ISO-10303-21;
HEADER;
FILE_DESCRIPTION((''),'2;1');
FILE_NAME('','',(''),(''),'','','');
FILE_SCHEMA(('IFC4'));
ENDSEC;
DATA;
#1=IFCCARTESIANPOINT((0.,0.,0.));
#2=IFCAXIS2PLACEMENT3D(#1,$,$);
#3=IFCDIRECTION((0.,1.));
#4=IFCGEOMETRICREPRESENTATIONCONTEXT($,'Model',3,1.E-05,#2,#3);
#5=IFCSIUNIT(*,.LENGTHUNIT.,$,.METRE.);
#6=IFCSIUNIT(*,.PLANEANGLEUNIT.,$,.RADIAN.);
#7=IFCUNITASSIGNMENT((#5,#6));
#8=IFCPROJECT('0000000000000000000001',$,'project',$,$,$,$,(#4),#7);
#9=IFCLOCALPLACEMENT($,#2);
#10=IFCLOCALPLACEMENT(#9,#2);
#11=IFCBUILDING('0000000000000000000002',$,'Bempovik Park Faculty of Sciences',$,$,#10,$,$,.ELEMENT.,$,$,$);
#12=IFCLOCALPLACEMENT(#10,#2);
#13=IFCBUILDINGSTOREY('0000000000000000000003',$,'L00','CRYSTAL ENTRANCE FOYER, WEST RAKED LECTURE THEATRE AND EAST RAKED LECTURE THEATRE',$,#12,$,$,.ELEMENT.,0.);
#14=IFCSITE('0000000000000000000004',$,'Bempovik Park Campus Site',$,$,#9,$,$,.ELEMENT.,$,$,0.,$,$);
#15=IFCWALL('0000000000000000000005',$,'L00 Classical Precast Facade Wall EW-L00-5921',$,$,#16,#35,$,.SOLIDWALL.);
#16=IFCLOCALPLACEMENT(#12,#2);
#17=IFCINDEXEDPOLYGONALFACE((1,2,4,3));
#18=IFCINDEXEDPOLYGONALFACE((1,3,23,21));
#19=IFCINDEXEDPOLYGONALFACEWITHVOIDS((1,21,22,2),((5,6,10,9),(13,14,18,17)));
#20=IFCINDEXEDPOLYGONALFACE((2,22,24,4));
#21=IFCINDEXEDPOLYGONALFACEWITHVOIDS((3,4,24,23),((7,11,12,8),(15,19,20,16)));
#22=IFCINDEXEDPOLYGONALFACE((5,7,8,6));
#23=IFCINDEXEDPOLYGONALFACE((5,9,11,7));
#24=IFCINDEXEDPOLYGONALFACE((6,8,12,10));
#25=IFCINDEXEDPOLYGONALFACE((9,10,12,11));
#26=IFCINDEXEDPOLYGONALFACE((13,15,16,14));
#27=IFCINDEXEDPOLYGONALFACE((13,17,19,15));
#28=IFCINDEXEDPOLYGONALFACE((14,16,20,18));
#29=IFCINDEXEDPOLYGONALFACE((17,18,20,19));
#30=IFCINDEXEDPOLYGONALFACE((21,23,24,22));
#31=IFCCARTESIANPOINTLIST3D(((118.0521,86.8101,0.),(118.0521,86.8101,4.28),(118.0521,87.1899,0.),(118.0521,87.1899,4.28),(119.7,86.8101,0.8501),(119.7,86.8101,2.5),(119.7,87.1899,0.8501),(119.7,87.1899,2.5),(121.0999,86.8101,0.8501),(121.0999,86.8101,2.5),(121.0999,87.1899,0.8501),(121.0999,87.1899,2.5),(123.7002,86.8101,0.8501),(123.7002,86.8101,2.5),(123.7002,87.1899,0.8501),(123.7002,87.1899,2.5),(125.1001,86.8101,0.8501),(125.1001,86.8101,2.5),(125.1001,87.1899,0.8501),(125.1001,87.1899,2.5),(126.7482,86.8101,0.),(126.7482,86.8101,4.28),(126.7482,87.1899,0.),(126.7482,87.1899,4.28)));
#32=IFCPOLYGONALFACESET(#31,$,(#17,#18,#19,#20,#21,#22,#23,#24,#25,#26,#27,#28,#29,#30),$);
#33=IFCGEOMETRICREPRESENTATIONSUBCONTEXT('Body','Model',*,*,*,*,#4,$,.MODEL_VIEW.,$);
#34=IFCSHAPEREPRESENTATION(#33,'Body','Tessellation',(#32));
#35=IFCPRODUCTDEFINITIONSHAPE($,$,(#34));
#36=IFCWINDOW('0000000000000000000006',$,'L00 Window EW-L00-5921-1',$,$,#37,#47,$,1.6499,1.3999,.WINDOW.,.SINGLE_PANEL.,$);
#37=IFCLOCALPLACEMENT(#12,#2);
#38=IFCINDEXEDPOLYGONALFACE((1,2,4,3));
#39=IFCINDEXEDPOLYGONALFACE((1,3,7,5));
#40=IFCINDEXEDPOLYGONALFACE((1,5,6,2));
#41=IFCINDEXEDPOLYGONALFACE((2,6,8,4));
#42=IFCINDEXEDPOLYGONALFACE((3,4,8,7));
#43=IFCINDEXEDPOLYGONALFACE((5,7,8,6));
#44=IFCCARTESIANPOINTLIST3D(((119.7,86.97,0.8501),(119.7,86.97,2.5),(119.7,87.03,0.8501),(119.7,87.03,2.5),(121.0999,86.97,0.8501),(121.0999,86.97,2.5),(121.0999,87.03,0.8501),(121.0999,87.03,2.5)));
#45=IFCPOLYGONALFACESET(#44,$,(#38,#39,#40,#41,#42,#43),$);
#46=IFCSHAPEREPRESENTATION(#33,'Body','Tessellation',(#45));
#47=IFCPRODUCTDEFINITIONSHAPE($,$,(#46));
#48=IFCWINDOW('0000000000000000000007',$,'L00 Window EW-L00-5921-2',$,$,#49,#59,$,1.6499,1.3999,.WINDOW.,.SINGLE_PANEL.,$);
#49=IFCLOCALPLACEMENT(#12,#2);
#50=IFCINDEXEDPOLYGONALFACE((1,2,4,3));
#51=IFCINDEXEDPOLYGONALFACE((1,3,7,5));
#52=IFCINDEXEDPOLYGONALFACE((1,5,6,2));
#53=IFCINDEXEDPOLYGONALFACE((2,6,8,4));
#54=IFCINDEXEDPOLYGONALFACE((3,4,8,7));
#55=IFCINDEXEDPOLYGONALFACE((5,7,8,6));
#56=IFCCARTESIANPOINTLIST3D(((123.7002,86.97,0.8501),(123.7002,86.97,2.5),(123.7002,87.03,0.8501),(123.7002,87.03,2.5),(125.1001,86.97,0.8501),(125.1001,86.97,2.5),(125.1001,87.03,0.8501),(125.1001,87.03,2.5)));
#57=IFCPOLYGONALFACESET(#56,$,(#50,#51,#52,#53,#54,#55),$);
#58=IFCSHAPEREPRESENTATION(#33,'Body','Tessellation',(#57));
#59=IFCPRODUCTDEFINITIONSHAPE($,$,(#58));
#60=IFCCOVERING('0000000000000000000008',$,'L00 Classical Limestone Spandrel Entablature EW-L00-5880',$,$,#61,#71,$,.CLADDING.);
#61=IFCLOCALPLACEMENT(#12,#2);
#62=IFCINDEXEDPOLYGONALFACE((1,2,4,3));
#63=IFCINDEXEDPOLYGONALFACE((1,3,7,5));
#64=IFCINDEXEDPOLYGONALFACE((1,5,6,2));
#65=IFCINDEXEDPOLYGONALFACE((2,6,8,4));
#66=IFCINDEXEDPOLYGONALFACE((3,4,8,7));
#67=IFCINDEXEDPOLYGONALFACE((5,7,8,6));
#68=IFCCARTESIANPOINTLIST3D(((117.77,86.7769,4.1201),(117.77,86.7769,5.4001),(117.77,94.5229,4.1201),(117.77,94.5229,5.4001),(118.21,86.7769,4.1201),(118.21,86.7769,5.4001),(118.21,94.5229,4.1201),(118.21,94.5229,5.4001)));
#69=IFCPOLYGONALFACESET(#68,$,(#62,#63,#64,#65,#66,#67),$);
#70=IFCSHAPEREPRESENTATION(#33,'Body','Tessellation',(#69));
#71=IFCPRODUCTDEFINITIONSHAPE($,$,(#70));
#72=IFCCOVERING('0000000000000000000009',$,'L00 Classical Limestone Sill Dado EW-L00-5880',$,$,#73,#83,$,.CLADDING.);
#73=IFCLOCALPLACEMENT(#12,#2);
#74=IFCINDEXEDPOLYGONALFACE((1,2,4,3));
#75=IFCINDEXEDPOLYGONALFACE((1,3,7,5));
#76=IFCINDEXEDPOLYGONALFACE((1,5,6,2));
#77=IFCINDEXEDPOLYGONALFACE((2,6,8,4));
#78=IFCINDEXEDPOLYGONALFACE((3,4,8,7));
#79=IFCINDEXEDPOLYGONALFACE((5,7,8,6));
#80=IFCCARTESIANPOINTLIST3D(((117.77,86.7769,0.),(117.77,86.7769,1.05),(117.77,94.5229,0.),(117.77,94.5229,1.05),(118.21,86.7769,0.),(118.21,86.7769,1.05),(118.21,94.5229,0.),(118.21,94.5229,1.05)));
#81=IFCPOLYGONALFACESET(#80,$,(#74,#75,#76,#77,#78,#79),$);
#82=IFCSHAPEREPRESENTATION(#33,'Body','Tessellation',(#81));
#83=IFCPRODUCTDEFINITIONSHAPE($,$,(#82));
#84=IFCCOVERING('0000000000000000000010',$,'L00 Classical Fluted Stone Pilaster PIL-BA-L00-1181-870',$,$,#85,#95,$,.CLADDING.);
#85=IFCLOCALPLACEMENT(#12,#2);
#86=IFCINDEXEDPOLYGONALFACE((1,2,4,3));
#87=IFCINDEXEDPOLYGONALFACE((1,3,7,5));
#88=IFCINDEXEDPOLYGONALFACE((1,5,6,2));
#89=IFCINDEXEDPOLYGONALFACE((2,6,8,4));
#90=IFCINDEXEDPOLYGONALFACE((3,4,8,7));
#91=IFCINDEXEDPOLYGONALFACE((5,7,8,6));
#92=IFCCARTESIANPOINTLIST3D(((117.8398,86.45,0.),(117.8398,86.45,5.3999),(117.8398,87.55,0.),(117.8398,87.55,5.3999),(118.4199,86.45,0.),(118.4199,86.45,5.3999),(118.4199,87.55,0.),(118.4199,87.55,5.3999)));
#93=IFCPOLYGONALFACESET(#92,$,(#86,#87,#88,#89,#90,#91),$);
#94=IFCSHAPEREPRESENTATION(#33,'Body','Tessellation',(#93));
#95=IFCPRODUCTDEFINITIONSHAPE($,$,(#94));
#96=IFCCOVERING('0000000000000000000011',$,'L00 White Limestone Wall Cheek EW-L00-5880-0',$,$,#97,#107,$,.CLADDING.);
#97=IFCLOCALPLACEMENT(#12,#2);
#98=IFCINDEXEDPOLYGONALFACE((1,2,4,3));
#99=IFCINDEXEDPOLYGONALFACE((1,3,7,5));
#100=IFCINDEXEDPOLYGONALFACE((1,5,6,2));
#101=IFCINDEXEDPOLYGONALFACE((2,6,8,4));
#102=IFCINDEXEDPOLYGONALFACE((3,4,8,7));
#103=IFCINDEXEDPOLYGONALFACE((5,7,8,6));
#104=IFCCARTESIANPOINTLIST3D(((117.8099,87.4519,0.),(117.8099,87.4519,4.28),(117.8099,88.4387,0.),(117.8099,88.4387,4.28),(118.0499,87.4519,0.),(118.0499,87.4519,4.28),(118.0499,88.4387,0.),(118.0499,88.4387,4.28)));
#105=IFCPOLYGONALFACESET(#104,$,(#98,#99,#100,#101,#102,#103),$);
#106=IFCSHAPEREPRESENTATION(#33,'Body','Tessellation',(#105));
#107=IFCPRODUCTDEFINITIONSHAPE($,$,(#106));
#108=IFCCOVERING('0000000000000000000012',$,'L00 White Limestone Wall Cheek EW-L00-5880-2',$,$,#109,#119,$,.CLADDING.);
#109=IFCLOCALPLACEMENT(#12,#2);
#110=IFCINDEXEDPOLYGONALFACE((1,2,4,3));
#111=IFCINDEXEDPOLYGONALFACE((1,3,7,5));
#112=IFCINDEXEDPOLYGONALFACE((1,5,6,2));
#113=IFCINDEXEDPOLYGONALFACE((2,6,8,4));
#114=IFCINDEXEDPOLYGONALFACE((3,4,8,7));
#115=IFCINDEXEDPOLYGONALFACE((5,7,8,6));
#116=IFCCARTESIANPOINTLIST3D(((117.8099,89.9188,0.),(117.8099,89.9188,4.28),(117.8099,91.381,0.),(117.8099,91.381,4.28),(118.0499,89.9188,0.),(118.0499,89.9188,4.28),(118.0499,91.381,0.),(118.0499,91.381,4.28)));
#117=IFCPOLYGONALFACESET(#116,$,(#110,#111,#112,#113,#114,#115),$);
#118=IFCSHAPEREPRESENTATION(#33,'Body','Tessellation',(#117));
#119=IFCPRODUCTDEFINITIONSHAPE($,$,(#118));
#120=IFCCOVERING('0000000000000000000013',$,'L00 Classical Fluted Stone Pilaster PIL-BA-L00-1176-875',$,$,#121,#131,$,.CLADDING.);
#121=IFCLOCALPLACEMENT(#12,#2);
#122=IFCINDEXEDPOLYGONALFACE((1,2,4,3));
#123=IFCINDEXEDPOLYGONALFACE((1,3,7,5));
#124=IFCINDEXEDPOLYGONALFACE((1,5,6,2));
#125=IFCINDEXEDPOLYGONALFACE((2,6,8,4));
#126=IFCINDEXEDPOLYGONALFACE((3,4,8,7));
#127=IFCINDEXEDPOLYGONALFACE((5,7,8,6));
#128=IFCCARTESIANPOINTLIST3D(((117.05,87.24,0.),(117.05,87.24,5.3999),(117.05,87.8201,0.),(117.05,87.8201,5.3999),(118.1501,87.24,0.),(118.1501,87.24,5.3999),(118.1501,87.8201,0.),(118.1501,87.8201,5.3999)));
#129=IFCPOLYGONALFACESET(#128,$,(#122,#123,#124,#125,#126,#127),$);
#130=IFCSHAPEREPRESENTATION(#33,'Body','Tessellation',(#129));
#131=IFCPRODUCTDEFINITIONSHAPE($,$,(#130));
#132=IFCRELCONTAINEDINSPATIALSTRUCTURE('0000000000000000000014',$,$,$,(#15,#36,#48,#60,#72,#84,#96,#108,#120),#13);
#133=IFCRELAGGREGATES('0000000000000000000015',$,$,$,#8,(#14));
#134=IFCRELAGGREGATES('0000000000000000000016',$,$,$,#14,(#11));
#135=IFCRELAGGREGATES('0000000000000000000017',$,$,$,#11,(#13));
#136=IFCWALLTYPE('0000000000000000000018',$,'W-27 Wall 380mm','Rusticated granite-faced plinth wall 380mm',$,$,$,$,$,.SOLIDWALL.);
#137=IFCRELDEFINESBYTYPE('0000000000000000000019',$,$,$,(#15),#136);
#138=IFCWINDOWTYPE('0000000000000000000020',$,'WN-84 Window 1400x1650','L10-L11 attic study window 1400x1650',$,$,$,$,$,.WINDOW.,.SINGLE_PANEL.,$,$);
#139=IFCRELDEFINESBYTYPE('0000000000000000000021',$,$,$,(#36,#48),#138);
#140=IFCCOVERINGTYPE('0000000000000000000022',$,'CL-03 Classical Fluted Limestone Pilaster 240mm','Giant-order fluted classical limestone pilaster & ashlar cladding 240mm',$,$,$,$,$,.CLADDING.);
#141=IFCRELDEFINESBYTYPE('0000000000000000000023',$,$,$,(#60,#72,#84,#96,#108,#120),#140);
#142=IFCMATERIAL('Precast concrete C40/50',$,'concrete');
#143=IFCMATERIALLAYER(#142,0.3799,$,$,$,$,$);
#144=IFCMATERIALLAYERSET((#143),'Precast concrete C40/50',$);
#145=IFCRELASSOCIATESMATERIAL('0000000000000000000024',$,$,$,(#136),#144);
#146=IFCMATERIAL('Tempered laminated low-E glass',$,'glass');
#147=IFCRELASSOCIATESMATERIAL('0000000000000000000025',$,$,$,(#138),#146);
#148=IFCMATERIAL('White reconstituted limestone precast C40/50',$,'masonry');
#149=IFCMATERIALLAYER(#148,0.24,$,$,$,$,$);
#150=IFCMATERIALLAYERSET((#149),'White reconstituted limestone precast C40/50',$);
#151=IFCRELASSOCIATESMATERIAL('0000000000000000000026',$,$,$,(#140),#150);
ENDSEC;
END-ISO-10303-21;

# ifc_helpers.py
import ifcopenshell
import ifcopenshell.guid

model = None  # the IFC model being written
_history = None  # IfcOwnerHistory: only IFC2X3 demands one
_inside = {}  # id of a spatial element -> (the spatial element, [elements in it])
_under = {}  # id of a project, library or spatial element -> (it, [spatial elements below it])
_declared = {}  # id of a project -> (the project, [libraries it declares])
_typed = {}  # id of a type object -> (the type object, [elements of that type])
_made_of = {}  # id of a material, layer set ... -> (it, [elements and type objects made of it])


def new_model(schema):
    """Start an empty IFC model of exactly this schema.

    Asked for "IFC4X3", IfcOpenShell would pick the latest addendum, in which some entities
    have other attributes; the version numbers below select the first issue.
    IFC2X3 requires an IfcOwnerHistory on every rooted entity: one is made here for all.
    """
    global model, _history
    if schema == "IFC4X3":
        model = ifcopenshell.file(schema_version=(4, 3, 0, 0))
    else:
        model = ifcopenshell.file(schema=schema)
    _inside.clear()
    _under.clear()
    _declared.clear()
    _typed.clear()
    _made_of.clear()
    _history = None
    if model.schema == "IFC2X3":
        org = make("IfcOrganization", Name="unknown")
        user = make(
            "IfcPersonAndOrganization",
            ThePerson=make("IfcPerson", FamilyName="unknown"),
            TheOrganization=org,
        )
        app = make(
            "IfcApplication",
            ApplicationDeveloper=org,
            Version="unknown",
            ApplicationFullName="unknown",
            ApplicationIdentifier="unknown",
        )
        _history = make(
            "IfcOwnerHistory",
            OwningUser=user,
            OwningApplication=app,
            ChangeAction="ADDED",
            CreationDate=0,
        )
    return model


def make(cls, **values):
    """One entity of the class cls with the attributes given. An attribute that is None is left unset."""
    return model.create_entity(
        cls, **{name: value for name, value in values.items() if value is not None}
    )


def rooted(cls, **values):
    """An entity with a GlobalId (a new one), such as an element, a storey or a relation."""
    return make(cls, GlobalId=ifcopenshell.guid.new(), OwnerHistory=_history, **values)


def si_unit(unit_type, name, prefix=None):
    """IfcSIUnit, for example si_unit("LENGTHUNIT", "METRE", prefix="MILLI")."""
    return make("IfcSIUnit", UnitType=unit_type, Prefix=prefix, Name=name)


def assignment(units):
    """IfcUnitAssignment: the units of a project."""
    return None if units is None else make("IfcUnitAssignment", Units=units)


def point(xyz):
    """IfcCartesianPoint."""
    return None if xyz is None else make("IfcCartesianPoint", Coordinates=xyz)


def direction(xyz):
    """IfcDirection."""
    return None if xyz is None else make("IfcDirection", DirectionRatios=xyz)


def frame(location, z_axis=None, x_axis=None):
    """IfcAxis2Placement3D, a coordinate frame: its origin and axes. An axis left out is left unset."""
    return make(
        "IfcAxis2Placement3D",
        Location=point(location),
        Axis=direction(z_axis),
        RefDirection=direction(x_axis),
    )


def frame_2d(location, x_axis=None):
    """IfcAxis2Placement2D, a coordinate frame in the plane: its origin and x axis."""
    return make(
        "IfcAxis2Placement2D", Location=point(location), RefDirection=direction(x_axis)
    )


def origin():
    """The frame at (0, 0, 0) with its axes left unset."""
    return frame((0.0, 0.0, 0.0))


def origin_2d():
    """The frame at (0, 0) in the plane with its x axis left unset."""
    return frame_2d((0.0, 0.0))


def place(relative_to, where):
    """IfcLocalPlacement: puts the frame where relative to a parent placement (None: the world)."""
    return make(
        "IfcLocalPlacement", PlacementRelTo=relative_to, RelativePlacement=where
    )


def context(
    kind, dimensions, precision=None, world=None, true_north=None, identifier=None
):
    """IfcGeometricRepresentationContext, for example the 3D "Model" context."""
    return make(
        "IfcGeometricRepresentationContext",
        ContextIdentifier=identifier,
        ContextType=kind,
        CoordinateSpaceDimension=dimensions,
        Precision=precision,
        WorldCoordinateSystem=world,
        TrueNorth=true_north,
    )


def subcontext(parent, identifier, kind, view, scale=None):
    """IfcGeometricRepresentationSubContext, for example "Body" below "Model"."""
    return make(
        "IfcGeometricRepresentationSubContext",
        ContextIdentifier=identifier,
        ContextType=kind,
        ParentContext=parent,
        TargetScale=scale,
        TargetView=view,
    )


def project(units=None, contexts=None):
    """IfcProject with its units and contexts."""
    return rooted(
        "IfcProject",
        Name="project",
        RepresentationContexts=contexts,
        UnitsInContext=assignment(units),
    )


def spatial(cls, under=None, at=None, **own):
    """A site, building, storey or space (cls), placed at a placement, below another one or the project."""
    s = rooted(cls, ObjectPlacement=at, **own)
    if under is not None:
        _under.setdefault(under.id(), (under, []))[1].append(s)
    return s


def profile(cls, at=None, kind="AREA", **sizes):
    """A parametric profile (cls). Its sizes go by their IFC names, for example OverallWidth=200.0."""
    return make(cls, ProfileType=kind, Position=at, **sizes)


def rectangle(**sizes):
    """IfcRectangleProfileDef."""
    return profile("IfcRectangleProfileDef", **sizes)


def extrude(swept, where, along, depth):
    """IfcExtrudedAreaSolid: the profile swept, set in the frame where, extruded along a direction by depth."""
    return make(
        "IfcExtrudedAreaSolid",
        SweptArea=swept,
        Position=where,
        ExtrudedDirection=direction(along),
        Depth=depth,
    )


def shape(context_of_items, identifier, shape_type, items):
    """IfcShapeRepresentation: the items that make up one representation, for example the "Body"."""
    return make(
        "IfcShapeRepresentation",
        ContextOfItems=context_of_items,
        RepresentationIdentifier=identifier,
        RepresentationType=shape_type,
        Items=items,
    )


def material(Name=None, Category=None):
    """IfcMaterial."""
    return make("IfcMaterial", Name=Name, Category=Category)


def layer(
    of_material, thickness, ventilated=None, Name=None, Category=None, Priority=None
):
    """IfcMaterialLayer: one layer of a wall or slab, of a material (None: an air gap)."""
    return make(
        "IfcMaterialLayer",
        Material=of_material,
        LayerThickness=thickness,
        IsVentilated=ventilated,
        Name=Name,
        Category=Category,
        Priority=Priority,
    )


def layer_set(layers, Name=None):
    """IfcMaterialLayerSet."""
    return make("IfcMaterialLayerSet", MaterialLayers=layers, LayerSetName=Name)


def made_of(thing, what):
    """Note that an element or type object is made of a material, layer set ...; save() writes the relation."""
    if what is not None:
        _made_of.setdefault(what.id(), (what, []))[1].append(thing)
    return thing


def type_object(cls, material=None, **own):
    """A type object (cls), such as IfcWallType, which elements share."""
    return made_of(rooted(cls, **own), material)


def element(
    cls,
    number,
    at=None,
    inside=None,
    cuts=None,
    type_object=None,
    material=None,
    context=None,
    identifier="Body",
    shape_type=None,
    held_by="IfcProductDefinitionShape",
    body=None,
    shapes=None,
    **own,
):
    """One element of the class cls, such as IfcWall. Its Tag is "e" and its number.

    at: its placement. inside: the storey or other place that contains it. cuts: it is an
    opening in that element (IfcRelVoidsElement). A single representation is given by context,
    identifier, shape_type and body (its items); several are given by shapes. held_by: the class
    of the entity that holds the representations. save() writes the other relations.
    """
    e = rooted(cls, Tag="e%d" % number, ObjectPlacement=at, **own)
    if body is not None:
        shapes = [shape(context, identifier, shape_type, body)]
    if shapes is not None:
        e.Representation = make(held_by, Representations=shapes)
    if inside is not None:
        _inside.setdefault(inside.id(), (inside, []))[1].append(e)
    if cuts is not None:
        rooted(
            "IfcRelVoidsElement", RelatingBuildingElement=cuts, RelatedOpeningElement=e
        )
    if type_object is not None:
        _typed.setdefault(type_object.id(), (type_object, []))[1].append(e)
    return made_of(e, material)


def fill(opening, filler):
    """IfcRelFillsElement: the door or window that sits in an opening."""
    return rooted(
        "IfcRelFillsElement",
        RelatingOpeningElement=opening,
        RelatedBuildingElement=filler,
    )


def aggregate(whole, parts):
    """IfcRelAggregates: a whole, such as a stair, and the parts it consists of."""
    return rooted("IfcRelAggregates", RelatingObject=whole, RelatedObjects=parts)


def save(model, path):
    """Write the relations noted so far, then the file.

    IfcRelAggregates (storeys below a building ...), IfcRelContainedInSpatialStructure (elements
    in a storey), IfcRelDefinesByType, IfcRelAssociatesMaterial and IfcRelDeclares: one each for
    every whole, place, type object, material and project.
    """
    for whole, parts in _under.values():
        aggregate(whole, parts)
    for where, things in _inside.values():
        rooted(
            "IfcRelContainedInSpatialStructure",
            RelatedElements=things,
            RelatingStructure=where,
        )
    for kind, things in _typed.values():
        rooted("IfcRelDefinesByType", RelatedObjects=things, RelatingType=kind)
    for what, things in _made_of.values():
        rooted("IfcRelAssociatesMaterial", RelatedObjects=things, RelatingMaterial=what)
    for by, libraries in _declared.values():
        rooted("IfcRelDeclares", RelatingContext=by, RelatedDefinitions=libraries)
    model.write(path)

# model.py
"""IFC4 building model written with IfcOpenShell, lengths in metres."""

from ifc_helpers import new_model, si_unit, direction, frame, frame_2d, origin, origin_2d, place, context, subcontext, project, spatial, rectangle, extrude, material, layer, layer_set, type_object, element, fill, save


model = new_model("IFC4")

# Units and contexts
model_context = context("Model", 3, precision=1e-05, world=origin(), true_north=direction((0.0, 1.0)))
body_context = subcontext(model_context, "Body", "Model", "MODEL_VIEW")
ifc_project = project(units=[si_unit("LENGTHUNIT", "METRE"), si_unit("PLANEANGLEUNIT", "RADIAN")], contexts=[model_context])

# Site, building, storey
site_placement = place(None, origin())
site = spatial("IfcSite", under=ifc_project, at=site_placement, Name="Bempovik Park Campus Site", CompositionType="ELEMENT", RefElevation=0.0)
building_placement = place(site_placement, origin())
building = spatial("IfcBuilding", under=site, at=building_placement, Name="Bempovik Park Faculty of Sciences", CompositionType="ELEMENT")
storey_placement = place(building_placement, origin())
storey = spatial("IfcBuildingStorey", under=building, at=storey_placement, Name="L00", Description="CRYSTAL ENTRANCE FOYER, WEST RAKED LECTURE THEATRE AND EAST RAKED LECTURE THEATRE", CompositionType="ELEMENT", Elevation=0.0)

# Wall, openings, windows
ifc_material_1 = material(Name="Precast concrete C40/50", Category="concrete")
ifc_layer_1 = layer(ifc_material_1, 0.3799)
ifc_layer_set_1 = layer_set([ifc_layer_1], Name="Precast concrete C40/50")
wall_type_1 = type_object("IfcWallType", Name="W-27 Wall 380mm", Description="Rusticated granite-faced plinth wall 380mm", PredefinedType="SOLIDWALL", material=ifc_layer_set_1)
ifc_material_2 = material(Name="Tempered laminated low-E glass", Category="glass")
window_type = type_object("IfcWindowType", Name="WN-84 Window 1400x1650", Description="L10-L11 attic study window 1400x1650", PartitioningType="SINGLE_PANEL", PredefinedType="WINDOW", material=ifc_material_2)
wall_1_placement = place(storey_placement, frame((118.052, 87.0, 0.0), z_axis=(0.0, 0.0, 1.0), x_axis=(1.0, 0.0, 0.0)))
wall_1 = element("IfcWall", 1, at=wall_1_placement, inside=storey, type_object=wall_type_1, Name="L00 Classical Precast Facade Wall EW-L00-5921", PredefinedType="SOLIDWALL", context=body_context, shape_type="SweptSolid", body=[
    extrude(rectangle(XDim=8.696, YDim=0.3799, at=frame_2d((4.3481, 0.0))), origin(), (0.0, 0.0, 1.0), 4.28),
])
opening_1_placement = place(wall_1_placement, frame((1.6479, 0.0, 0.8501)))
opening_1 = element("IfcOpeningElement", 2, at=opening_1_placement, cuts=wall_1, PredefinedType="OPENING", context=body_context, shape_type="SweptSolid", body=[
    extrude(rectangle(XDim=1.3999, YDim=1.6499, at=frame_2d((0.7, 0.825))), frame((0.0, 0.2, 0.0), z_axis=(0.0, -1.0, 0.0), x_axis=(1.0, 0.0, 0.0)), (0.0, 0.0, 1.0), 0.3999),
])
opening_2_placement = place(wall_1_placement, frame((5.6482, 0.0, 0.8501)))
opening_2 = element("IfcOpeningElement", 3, at=opening_2_placement, cuts=wall_1, PredefinedType="OPENING", context=body_context, shape_type="SweptSolid", body=[
    extrude(rectangle(XDim=1.3999, YDim=1.6499, at=frame_2d((0.7, 0.825))), frame((0.0, 0.2, 0.0), z_axis=(0.0, -1.0, 0.0), x_axis=(1.0, 0.0, 0.0)), (0.0, 0.0, 1.0), 0.3999),
])
window_1_placement = place(opening_1_placement, origin())
window_1 = element("IfcWindow", 4, at=window_1_placement, inside=storey, type_object=window_type, Name="L00 Window EW-L00-5921-1", OverallHeight=1.6499, OverallWidth=1.3999, PartitioningType="SINGLE_PANEL", PredefinedType="WINDOW", context=body_context, shape_type="SweptSolid", body=[
    extrude(rectangle(XDim=1.3999, YDim=1.6499, at=frame_2d((0.7, 0.825))), frame((0.0, 0.03, 0.0), z_axis=(0.0, -1.0, 0.0), x_axis=(1.0, 0.0, 0.0)), (0.0, 0.0, 1.0), 0.0601),
])
fill(opening_1, window_1)
window_2_placement = place(opening_2_placement, origin())
window_2 = element("IfcWindow", 5, at=window_2_placement, inside=storey, type_object=window_type, Name="L00 Window EW-L00-5921-2", OverallHeight=1.6499, OverallWidth=1.3999, PartitioningType="SINGLE_PANEL", PredefinedType="WINDOW", context=body_context, shape_type="SweptSolid", body=[
    extrude(rectangle(XDim=1.3999, YDim=1.6499, at=frame_2d((0.7, 0.825))), frame((0.0, 0.03, 0.0), z_axis=(0.0, -1.0, 0.0), x_axis=(1.0, 0.0, 0.0)), (0.0, 0.0, 1.0), 0.0601),
])
fill(opening_2, window_2)

# Coverings
ifc_material_3 = material(Name="White reconstituted limestone precast C40/50", Category="masonry")
ifc_layer_2 = layer(ifc_material_3, 0.24)
ifc_layer_set_2 = layer_set([ifc_layer_2], Name="White reconstituted limestone precast C40/50")
covering_type = type_object("IfcCoveringType", Name="CL-03 Classical Fluted Limestone Pilaster 240mm", Description="Giant-order fluted classical limestone pilaster & ashlar cladding 240mm", PredefinedType="CLADDING", material=ifc_layer_set_2)
covering_1_placement = place(storey_placement, frame((117.99, 90.6499, 4.1201), z_axis=(0.0, 0.0, 1.0), x_axis=(1.0, 0.0, 0.0)))
element("IfcCovering", 6, at=covering_1_placement, inside=storey, type_object=covering_type, Name="L00 Classical Limestone Spandrel Entablature EW-L00-5880", PredefinedType="CLADDING", context=body_context, shape_type="SweptSolid", body=[
    extrude(rectangle(XDim=0.4399, YDim=7.7461, at=origin_2d()), origin(), (0.0, 0.0, 1.0), 1.28),
])
covering_2_placement = place(storey_placement, frame((117.99, 90.6499, 0.0), z_axis=(0.0, 0.0, 1.0), x_axis=(1.0, 0.0, 0.0)))
element("IfcCovering", 7, at=covering_2_placement, inside=storey, type_object=covering_type, Name="L00 Classical Limestone Sill Dado EW-L00-5880", PredefinedType="CLADDING", context=body_context, shape_type="SweptSolid", body=[
    extrude(rectangle(XDim=0.4399, YDim=7.7461, at=origin_2d()), origin(), (0.0, 0.0, 1.0), 1.05),
])
covering_3_placement = place(storey_placement, frame((118.1299, 87.0, 0.0), z_axis=(0.0, 0.0, 1.0), x_axis=(1.0, 0.0, 0.0)))
element("IfcCovering", 8, at=covering_3_placement, inside=storey, type_object=covering_type, Name="L00 Classical Fluted Stone Pilaster PIL-BA-L00-1181-870", PredefinedType="CLADDING", context=body_context, shape_type="SweptSolid", body=[
    extrude(rectangle(XDim=0.5801, YDim=1.1001, at=origin_2d()), origin(), (0.0, 0.0, 1.0), 5.3999),
])
covering_4_placement = place(storey_placement, frame((117.9299, 87.9453, 0.0), z_axis=(0.0, 0.0, 1.0), x_axis=(1.0, 0.0, 0.0)))
element("IfcCovering", 9, at=covering_4_placement, inside=storey, type_object=covering_type, Name="L00 White Limestone Wall Cheek EW-L00-5880-0", PredefinedType="CLADDING", context=body_context, shape_type="SweptSolid", body=[
    extrude(rectangle(XDim=0.24, YDim=0.9868, at=origin_2d()), origin(), (0.0, 0.0, 1.0), 4.28),
])
covering_5_placement = place(storey_placement, frame((117.9299, 90.6499, 0.0), z_axis=(0.0, 0.0, 1.0), x_axis=(1.0, 0.0, 0.0)))
element("IfcCovering", 10, at=covering_5_placement, inside=storey, type_object=covering_type, Name="L00 White Limestone Wall Cheek EW-L00-5880-2", PredefinedType="CLADDING", context=body_context, shape_type="SweptSolid", body=[
    extrude(rectangle(XDim=0.24, YDim=1.4622, at=origin_2d()), origin(), (0.0, 0.0, 1.0), 4.28),
])
covering_6_placement = place(storey_placement, frame((117.6001, 87.53, 0.0), z_axis=(0.0, 0.0, 1.0), x_axis=(1.0, 0.0, 0.0)))
element("IfcCovering", 11, at=covering_6_placement, inside=storey, type_object=covering_type, Name="L00 Classical Fluted Stone Pilaster PIL-BA-L00-1176-875", PredefinedType="CLADDING", context=body_context, shape_type="SweptSolid", body=[
    extrude(rectangle(XDim=1.1001, YDim=0.5801, at=origin_2d()), origin(), (0.0, 0.0, 1.0), 5.3999),
])

save(model, "model.ifc")
